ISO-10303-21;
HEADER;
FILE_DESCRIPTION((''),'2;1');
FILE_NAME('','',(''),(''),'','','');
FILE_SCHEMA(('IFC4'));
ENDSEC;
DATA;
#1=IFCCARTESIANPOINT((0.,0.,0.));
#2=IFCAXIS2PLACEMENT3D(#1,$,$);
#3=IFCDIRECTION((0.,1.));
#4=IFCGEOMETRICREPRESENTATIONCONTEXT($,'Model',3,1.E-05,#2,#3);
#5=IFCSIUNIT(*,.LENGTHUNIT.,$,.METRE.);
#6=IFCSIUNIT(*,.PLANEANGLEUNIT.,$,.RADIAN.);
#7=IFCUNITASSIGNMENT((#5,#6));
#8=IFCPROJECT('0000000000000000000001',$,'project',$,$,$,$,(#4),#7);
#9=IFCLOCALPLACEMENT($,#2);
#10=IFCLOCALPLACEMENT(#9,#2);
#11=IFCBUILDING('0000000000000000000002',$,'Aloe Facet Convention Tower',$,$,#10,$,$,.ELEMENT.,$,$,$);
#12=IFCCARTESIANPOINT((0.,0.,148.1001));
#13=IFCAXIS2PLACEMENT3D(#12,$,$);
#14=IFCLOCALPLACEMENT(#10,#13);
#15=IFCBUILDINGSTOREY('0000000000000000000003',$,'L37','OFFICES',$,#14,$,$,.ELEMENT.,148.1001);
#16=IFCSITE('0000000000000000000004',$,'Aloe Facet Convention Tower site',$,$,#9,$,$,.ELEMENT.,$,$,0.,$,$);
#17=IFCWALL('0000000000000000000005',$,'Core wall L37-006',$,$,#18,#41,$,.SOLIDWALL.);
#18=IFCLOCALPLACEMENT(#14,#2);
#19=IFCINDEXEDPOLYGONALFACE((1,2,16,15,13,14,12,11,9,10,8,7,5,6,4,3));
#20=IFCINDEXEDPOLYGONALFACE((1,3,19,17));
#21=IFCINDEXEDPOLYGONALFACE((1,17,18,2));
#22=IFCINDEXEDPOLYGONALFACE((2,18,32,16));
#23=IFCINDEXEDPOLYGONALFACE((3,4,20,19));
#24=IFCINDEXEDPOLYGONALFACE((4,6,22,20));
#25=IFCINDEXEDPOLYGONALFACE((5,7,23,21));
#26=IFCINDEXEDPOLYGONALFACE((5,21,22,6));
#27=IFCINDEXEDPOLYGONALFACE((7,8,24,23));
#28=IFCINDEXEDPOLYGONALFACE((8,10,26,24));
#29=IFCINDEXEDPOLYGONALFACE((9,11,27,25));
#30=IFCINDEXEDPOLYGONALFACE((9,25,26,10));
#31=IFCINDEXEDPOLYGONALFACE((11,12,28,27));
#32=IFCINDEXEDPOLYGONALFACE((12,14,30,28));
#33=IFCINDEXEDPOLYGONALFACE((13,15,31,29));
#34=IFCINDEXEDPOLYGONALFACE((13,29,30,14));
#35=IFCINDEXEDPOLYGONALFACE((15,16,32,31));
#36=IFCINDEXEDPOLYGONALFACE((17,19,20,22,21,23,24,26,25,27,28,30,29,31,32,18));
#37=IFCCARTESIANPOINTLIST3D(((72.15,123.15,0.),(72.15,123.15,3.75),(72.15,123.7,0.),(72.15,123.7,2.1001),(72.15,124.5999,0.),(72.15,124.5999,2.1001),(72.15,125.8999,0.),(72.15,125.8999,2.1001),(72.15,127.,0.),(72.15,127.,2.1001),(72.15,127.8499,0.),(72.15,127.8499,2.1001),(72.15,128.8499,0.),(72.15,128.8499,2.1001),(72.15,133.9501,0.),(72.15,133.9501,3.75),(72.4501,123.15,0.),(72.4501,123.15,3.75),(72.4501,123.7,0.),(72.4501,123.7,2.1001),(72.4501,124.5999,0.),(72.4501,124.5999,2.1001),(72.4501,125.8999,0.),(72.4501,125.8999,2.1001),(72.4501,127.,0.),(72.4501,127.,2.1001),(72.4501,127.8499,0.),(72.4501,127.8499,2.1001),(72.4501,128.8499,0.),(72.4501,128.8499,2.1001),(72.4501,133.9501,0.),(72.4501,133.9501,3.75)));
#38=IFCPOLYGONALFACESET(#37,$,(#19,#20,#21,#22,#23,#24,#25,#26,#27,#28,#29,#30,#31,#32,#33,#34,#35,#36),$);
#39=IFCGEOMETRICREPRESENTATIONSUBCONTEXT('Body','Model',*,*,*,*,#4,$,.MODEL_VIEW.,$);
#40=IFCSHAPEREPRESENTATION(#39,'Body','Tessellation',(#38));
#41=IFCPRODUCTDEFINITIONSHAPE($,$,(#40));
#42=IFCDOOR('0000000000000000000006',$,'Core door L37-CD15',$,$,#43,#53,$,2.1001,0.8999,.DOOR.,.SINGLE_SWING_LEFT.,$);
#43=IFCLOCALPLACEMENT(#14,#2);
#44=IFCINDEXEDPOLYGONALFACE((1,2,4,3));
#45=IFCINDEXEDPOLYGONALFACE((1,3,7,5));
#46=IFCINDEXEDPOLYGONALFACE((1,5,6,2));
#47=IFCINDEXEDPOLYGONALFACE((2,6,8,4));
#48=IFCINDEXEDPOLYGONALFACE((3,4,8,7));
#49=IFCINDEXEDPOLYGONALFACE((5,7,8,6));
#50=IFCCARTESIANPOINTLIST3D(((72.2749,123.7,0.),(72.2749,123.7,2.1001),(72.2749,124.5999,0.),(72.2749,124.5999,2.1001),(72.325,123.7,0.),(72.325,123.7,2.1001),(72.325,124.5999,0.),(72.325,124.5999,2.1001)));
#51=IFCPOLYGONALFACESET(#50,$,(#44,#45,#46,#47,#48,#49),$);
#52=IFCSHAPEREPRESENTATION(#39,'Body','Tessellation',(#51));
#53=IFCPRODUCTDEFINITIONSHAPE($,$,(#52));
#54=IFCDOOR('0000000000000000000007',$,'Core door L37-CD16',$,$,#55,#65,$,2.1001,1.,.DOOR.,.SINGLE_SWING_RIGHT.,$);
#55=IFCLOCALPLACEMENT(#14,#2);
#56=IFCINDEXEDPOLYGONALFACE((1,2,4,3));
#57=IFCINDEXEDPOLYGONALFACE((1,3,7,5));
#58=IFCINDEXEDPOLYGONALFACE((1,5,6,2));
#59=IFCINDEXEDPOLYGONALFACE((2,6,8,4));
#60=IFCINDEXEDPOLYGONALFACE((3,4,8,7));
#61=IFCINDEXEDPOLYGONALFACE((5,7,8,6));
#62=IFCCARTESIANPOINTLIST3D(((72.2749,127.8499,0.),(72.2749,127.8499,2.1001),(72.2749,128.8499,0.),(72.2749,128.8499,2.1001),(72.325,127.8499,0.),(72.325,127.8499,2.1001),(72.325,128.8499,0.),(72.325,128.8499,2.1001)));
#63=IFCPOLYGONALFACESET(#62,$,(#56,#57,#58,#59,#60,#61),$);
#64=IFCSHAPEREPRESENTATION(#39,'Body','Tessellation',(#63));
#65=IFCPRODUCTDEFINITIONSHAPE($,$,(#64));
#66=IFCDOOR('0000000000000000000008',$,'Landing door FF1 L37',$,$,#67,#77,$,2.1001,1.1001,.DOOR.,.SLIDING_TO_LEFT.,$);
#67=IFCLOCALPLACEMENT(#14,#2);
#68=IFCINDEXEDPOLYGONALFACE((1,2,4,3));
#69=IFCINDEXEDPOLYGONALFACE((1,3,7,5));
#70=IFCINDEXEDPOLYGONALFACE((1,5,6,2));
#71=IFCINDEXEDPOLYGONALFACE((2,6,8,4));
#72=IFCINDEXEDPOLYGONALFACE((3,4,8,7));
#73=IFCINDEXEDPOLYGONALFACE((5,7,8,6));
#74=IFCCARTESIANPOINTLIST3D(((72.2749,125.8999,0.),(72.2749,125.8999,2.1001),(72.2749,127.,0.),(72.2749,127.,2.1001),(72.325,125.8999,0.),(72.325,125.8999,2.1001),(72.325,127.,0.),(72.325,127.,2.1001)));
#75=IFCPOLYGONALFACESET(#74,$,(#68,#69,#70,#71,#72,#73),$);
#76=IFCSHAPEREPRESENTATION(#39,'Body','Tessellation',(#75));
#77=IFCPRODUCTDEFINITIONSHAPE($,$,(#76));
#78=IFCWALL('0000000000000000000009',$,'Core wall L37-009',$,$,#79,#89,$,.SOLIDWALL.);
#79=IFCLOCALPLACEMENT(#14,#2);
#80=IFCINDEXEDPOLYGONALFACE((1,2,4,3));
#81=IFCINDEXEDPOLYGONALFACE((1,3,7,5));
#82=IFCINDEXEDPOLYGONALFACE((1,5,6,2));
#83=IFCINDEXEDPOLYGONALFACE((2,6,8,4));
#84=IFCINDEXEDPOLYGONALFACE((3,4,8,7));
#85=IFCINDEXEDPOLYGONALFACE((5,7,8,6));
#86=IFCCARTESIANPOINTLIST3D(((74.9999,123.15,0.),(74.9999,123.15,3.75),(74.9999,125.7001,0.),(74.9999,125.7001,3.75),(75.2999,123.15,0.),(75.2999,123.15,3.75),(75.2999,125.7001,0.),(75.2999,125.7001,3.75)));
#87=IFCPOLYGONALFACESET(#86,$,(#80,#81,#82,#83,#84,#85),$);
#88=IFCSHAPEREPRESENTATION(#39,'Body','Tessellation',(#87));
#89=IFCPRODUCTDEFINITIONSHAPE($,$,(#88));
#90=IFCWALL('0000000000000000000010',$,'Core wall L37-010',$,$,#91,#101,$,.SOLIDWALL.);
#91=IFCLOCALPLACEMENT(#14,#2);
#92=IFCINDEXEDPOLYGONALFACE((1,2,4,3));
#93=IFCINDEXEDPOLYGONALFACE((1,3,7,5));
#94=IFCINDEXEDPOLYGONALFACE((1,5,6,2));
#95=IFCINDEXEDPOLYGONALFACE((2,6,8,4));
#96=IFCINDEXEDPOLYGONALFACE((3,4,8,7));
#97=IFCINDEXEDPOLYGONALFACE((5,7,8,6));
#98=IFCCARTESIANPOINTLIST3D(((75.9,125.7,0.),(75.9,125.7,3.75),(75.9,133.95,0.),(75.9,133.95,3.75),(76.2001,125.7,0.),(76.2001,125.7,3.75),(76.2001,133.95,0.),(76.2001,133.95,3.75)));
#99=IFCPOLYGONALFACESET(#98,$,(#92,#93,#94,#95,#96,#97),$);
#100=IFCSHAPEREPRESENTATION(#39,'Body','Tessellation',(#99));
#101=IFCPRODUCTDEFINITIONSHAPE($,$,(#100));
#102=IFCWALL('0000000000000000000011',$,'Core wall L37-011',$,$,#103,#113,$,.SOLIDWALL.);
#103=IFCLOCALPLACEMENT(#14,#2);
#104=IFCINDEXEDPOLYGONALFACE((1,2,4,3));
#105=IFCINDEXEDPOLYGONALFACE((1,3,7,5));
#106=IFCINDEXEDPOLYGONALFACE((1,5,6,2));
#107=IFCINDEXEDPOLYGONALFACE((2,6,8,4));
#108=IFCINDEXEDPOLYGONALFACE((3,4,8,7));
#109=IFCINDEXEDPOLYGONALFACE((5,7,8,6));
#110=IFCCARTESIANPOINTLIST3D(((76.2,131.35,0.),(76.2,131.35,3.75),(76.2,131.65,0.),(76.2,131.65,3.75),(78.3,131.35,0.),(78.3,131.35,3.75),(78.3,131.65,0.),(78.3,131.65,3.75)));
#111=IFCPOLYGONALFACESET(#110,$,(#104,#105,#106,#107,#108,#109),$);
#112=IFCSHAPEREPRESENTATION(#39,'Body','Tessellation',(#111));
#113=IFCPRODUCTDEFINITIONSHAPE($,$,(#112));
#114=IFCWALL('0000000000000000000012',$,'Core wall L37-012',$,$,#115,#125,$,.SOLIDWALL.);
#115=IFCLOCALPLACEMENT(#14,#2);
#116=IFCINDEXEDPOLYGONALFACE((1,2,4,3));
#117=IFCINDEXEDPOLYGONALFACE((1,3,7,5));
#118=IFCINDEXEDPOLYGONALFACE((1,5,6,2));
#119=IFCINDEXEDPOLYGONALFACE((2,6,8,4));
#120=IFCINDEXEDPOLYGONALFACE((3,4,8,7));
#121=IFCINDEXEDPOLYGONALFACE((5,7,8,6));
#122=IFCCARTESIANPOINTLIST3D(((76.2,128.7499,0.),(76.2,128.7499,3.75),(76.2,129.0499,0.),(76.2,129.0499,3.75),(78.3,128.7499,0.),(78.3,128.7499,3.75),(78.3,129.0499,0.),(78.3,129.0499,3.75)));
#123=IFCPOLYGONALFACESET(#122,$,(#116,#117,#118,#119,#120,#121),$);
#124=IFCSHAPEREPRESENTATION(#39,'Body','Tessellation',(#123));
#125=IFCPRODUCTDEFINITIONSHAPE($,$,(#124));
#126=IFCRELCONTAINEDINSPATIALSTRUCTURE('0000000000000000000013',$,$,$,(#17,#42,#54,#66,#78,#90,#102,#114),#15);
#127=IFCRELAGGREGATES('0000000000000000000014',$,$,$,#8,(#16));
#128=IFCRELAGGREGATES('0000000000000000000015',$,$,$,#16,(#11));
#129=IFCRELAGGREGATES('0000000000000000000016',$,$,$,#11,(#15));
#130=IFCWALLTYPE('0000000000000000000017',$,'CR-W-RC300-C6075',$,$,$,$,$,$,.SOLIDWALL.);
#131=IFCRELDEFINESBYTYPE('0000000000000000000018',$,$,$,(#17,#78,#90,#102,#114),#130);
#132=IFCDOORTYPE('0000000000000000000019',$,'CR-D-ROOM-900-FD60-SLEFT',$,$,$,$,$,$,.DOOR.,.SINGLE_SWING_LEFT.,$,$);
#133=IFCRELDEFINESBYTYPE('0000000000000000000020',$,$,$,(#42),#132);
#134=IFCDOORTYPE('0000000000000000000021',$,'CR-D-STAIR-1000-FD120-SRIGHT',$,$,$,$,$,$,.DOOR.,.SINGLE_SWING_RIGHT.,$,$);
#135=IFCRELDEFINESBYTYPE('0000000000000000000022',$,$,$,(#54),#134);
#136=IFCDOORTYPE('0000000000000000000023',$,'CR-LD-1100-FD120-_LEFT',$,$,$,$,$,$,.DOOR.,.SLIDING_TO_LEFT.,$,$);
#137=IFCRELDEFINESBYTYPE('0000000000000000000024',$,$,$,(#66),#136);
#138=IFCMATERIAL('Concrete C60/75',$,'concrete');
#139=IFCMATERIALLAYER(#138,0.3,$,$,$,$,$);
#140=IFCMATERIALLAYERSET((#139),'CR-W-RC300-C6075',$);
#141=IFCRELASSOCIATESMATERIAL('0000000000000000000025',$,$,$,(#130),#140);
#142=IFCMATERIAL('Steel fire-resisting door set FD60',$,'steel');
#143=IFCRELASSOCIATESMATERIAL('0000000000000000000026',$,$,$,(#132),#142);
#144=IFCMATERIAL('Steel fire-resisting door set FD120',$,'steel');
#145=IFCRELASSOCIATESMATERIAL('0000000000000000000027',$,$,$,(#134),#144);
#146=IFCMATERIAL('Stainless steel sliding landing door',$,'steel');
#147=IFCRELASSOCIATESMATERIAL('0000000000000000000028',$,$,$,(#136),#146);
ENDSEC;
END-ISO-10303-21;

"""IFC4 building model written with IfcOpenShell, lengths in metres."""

from ifc_helpers import new_model, si_unit, direction, frame, frame_2d, origin, place, context, subcontext, project, spatial, rectangle, extrude, material, layer, layer_set, type_object, element, fill, save


model = new_model("IFC4")

# Units and contexts
model_context = context("Model", 3, precision=1e-05, world=origin(), true_north=direction((0.0, 1.0)))
body_context = subcontext(model_context, "Body", "Model", "MODEL_VIEW")
ifc_project = project(units=[si_unit("LENGTHUNIT", "METRE"), si_unit("PLANEANGLEUNIT", "RADIAN")], contexts=[model_context])

# Site, building, storey
site_placement = place(None, origin())
site = spatial("IfcSite", under=ifc_project, at=site_placement, Name="Aloe Facet Convention Tower site", CompositionType="ELEMENT", RefElevation=0.0)
building_placement = place(site_placement, origin())
building = spatial("IfcBuilding", under=site, at=building_placement, Name="Aloe Facet Convention Tower", CompositionType="ELEMENT")
storey_placement = place(building_placement, frame((0.0, 0.0, 148.1001)))
storey = spatial("IfcBuildingStorey", under=building, at=storey_placement, Name="L37", Description="OFFICES", CompositionType="ELEMENT", Elevation=148.1001)

# Wall, openings, doors
ifc_material_1 = material(Name="Concrete C60/75", Category="concrete")
ifc_layer_1 = layer(ifc_material_1, 0.3)
ifc_layer_set_1 = layer_set([ifc_layer_1], Name="CR-W-RC300-C6075")
wall_type_1 = type_object("IfcWallType", Name="CR-W-RC300-C6075", PredefinedType="SOLIDWALL", material=ifc_layer_set_1)
wall_1_placement = place(storey_placement, frame((72.3, 133.95, 0.0), z_axis=(0.0, 0.0, 1.0), x_axis=(0.0, -1.0, 0.0)))
wall_1 = element("IfcWall", 1, at=wall_1_placement, inside=storey, type_object=wall_type_1, Name="Core wall L37-006", PredefinedType="SOLIDWALL", context=body_context, shape_type="SweptSolid", body=[
    extrude(rectangle(XDim=10.8, YDim=0.3, at=frame_2d((5.3999, 0.0))), origin(), (0.0, 0.0, 1.0), 3.75),
])
opening_1_placement = place(wall_1_placement, frame((6.95, 0.0, 0.0)))
opening_1 = element("IfcOpeningElement", 2, at=opening_1_placement, cuts=wall_1, PredefinedType="OPENING", context=body_context, shape_type="SweptSolid", body=[
    extrude(rectangle(XDim=1.1001, YDim=2.1001, at=frame_2d((0.55, 1.05))), frame((0.0, 0.1602, 0.0), z_axis=(0.0, -1.0, 0.0), x_axis=(1.0, 0.0, 0.0)), (0.0, 0.0, 1.0), 0.3201),
])
opening_2_placement = place(wall_1_placement, frame((9.3501, 0.0, 0.0)))
opening_2 = element("IfcOpeningElement", 3, at=opening_2_placement, cuts=wall_1, PredefinedType="OPENING", context=body_context, shape_type="SweptSolid", body=[
    extrude(rectangle(XDim=0.8999, YDim=2.1001, at=frame_2d((0.45, 1.05))), frame((0.0, 0.1602, 0.0), z_axis=(0.0, -1.0, 0.0), x_axis=(1.0, 0.0, 0.0)), (0.0, 0.0, 1.0), 0.3201),
])
opening_3_placement = place(wall_1_placement, frame((5.1001, 0.0, 0.0)))
opening_3 = element("IfcOpeningElement", 4, at=opening_3_placement, cuts=wall_1, PredefinedType="OPENING", context=body_context, shape_type="SweptSolid", body=[
    extrude(rectangle(XDim=1.0, YDim=2.1001, at=frame_2d((0.5, 1.05))), frame((0.0, 0.1602, 0.0), z_axis=(0.0, -1.0, 0.0), x_axis=(1.0, 0.0, 0.0)), (0.0, 0.0, 1.0), 0.3201),
])
ifc_material_2 = material(Name="Steel fire-resisting door set FD60", Category="steel")
door_type_1 = type_object("IfcDoorType", Name="CR-D-ROOM-900-FD60-SLEFT", OperationType="SINGLE_SWING_LEFT", PredefinedType="DOOR", material=ifc_material_2)
door_1_placement = place(opening_2_placement, origin())
door_1 = element("IfcDoor", 5, at=door_1_placement, inside=storey, type_object=door_type_1, Name="Core door L37-CD15", OperationType="SINGLE_SWING_LEFT", OverallHeight=2.1001, OverallWidth=0.8999, PredefinedType="DOOR", context=body_context, shape_type="SweptSolid", body=[
    extrude(rectangle(XDim=0.8999, YDim=2.1001, at=frame_2d((0.45, 1.05))), frame((0.0, 0.0249, 0.0), z_axis=(0.0, -1.0, 0.0), x_axis=(1.0, 0.0, 0.0)), (0.0, 0.0, 1.0), 0.05),
])
fill(opening_2, door_1)
ifc_material_3 = material(Name="Steel fire-resisting door set FD120", Category="steel")
door_type_2 = type_object("IfcDoorType", Name="CR-D-STAIR-1000-FD120-SRIGHT", OperationType="SINGLE_SWING_RIGHT", PredefinedType="DOOR", material=ifc_material_3)
door_2_placement = place(opening_3_placement, origin())
door_2 = element("IfcDoor", 6, at=door_2_placement, inside=storey, type_object=door_type_2, Name="Core door L37-CD16", OperationType="SINGLE_SWING_RIGHT", OverallHeight=2.1001, OverallWidth=1.0, PredefinedType="DOOR", context=body_context, shape_type="SweptSolid", body=[
    extrude(rectangle(XDim=1.0, YDim=2.1001, at=frame_2d((0.5, 1.05))), frame((0.0, 0.0249, 0.0), z_axis=(0.0, -1.0, 0.0), x_axis=(1.0, 0.0, 0.0)), (0.0, 0.0, 1.0), 0.05),
])
fill(opening_3, door_2)
ifc_material_4 = material(Name="Stainless steel sliding landing door", Category="steel")
door_type_3 = type_object("IfcDoorType", Name="CR-LD-1100-FD120-_LEFT", OperationType="SLIDING_TO_LEFT", PredefinedType="DOOR", material=ifc_material_4)
door_3_placement = place(opening_1_placement, origin())
door_3 = element("IfcDoor", 7, at=door_3_placement, inside=storey, type_object=door_type_3, Name="Landing door FF1 L37", OperationType="SLIDING_TO_LEFT", OverallHeight=2.1001, OverallWidth=1.1001, PredefinedType="DOOR", context=body_context, shape_type="SweptSolid", body=[
    extrude(rectangle(XDim=1.1001, YDim=2.1001, at=frame_2d((0.55, 1.05))), frame((0.0, 0.0249, 0.0), z_axis=(0.0, -1.0, 0.0), x_axis=(1.0, 0.0, 0.0)), (0.0, 0.0, 1.0), 0.05),
])
fill(opening_1, door_3)

# Walls
wall_2_placement = place(storey_placement, frame((75.1499, 125.7, 0.0), z_axis=(0.0, 0.0, 1.0), x_axis=(0.0, -1.0, 0.0)))
element("IfcWall", 8, at=wall_2_placement, inside=storey, type_object=wall_type_1, Name="Core wall L37-009", PredefinedType="SOLIDWALL", context=body_context, shape_type="SweptSolid", body=[
    extrude(rectangle(XDim=2.55, YDim=0.3, at=frame_2d((1.2749, 0.0))), origin(), (0.0, 0.0, 1.0), 3.75),
])
wall_3_placement = place(storey_placement, frame((76.05, 133.95, 0.0), z_axis=(0.0, 0.0, 1.0), x_axis=(0.0, -1.0, 0.0)))
element("IfcWall", 9, at=wall_3_placement, inside=storey, type_object=wall_type_1, Name="Core wall L37-010", PredefinedType="SOLIDWALL", context=body_context, shape_type="SweptSolid", body=[
    extrude(rectangle(XDim=8.25, YDim=0.3, at=frame_2d((4.125, 0.0))), origin(), (0.0, 0.0, 1.0), 3.75),
])
for number, where, z_axis, x_axis, name in (
    (10, (76.2, 131.5, 0.0), (0.0, 0.0, 1.0), (1.0, 0.0, 0.0), "Core wall L37-011"),
    (11, (76.2, 128.8999, 0.0), (0.0, 0.0, 1.0), (1.0, 0.0, 0.0), "Core wall L37-012"),
):
    element("IfcWall", number, at=place(storey_placement, frame(where, z_axis=z_axis, x_axis=x_axis)), inside=storey, type_object=wall_type_1, Name=name, PredefinedType="SOLIDWALL", context=body_context, shape_type="SweptSolid", body=[
        extrude(rectangle(XDim=2.1001, YDim=0.3, at=frame_2d((1.05, 0.0))), origin(), (0.0, 0.0, 1.0), 3.75),
    ])

save(model, "model.ifc")
